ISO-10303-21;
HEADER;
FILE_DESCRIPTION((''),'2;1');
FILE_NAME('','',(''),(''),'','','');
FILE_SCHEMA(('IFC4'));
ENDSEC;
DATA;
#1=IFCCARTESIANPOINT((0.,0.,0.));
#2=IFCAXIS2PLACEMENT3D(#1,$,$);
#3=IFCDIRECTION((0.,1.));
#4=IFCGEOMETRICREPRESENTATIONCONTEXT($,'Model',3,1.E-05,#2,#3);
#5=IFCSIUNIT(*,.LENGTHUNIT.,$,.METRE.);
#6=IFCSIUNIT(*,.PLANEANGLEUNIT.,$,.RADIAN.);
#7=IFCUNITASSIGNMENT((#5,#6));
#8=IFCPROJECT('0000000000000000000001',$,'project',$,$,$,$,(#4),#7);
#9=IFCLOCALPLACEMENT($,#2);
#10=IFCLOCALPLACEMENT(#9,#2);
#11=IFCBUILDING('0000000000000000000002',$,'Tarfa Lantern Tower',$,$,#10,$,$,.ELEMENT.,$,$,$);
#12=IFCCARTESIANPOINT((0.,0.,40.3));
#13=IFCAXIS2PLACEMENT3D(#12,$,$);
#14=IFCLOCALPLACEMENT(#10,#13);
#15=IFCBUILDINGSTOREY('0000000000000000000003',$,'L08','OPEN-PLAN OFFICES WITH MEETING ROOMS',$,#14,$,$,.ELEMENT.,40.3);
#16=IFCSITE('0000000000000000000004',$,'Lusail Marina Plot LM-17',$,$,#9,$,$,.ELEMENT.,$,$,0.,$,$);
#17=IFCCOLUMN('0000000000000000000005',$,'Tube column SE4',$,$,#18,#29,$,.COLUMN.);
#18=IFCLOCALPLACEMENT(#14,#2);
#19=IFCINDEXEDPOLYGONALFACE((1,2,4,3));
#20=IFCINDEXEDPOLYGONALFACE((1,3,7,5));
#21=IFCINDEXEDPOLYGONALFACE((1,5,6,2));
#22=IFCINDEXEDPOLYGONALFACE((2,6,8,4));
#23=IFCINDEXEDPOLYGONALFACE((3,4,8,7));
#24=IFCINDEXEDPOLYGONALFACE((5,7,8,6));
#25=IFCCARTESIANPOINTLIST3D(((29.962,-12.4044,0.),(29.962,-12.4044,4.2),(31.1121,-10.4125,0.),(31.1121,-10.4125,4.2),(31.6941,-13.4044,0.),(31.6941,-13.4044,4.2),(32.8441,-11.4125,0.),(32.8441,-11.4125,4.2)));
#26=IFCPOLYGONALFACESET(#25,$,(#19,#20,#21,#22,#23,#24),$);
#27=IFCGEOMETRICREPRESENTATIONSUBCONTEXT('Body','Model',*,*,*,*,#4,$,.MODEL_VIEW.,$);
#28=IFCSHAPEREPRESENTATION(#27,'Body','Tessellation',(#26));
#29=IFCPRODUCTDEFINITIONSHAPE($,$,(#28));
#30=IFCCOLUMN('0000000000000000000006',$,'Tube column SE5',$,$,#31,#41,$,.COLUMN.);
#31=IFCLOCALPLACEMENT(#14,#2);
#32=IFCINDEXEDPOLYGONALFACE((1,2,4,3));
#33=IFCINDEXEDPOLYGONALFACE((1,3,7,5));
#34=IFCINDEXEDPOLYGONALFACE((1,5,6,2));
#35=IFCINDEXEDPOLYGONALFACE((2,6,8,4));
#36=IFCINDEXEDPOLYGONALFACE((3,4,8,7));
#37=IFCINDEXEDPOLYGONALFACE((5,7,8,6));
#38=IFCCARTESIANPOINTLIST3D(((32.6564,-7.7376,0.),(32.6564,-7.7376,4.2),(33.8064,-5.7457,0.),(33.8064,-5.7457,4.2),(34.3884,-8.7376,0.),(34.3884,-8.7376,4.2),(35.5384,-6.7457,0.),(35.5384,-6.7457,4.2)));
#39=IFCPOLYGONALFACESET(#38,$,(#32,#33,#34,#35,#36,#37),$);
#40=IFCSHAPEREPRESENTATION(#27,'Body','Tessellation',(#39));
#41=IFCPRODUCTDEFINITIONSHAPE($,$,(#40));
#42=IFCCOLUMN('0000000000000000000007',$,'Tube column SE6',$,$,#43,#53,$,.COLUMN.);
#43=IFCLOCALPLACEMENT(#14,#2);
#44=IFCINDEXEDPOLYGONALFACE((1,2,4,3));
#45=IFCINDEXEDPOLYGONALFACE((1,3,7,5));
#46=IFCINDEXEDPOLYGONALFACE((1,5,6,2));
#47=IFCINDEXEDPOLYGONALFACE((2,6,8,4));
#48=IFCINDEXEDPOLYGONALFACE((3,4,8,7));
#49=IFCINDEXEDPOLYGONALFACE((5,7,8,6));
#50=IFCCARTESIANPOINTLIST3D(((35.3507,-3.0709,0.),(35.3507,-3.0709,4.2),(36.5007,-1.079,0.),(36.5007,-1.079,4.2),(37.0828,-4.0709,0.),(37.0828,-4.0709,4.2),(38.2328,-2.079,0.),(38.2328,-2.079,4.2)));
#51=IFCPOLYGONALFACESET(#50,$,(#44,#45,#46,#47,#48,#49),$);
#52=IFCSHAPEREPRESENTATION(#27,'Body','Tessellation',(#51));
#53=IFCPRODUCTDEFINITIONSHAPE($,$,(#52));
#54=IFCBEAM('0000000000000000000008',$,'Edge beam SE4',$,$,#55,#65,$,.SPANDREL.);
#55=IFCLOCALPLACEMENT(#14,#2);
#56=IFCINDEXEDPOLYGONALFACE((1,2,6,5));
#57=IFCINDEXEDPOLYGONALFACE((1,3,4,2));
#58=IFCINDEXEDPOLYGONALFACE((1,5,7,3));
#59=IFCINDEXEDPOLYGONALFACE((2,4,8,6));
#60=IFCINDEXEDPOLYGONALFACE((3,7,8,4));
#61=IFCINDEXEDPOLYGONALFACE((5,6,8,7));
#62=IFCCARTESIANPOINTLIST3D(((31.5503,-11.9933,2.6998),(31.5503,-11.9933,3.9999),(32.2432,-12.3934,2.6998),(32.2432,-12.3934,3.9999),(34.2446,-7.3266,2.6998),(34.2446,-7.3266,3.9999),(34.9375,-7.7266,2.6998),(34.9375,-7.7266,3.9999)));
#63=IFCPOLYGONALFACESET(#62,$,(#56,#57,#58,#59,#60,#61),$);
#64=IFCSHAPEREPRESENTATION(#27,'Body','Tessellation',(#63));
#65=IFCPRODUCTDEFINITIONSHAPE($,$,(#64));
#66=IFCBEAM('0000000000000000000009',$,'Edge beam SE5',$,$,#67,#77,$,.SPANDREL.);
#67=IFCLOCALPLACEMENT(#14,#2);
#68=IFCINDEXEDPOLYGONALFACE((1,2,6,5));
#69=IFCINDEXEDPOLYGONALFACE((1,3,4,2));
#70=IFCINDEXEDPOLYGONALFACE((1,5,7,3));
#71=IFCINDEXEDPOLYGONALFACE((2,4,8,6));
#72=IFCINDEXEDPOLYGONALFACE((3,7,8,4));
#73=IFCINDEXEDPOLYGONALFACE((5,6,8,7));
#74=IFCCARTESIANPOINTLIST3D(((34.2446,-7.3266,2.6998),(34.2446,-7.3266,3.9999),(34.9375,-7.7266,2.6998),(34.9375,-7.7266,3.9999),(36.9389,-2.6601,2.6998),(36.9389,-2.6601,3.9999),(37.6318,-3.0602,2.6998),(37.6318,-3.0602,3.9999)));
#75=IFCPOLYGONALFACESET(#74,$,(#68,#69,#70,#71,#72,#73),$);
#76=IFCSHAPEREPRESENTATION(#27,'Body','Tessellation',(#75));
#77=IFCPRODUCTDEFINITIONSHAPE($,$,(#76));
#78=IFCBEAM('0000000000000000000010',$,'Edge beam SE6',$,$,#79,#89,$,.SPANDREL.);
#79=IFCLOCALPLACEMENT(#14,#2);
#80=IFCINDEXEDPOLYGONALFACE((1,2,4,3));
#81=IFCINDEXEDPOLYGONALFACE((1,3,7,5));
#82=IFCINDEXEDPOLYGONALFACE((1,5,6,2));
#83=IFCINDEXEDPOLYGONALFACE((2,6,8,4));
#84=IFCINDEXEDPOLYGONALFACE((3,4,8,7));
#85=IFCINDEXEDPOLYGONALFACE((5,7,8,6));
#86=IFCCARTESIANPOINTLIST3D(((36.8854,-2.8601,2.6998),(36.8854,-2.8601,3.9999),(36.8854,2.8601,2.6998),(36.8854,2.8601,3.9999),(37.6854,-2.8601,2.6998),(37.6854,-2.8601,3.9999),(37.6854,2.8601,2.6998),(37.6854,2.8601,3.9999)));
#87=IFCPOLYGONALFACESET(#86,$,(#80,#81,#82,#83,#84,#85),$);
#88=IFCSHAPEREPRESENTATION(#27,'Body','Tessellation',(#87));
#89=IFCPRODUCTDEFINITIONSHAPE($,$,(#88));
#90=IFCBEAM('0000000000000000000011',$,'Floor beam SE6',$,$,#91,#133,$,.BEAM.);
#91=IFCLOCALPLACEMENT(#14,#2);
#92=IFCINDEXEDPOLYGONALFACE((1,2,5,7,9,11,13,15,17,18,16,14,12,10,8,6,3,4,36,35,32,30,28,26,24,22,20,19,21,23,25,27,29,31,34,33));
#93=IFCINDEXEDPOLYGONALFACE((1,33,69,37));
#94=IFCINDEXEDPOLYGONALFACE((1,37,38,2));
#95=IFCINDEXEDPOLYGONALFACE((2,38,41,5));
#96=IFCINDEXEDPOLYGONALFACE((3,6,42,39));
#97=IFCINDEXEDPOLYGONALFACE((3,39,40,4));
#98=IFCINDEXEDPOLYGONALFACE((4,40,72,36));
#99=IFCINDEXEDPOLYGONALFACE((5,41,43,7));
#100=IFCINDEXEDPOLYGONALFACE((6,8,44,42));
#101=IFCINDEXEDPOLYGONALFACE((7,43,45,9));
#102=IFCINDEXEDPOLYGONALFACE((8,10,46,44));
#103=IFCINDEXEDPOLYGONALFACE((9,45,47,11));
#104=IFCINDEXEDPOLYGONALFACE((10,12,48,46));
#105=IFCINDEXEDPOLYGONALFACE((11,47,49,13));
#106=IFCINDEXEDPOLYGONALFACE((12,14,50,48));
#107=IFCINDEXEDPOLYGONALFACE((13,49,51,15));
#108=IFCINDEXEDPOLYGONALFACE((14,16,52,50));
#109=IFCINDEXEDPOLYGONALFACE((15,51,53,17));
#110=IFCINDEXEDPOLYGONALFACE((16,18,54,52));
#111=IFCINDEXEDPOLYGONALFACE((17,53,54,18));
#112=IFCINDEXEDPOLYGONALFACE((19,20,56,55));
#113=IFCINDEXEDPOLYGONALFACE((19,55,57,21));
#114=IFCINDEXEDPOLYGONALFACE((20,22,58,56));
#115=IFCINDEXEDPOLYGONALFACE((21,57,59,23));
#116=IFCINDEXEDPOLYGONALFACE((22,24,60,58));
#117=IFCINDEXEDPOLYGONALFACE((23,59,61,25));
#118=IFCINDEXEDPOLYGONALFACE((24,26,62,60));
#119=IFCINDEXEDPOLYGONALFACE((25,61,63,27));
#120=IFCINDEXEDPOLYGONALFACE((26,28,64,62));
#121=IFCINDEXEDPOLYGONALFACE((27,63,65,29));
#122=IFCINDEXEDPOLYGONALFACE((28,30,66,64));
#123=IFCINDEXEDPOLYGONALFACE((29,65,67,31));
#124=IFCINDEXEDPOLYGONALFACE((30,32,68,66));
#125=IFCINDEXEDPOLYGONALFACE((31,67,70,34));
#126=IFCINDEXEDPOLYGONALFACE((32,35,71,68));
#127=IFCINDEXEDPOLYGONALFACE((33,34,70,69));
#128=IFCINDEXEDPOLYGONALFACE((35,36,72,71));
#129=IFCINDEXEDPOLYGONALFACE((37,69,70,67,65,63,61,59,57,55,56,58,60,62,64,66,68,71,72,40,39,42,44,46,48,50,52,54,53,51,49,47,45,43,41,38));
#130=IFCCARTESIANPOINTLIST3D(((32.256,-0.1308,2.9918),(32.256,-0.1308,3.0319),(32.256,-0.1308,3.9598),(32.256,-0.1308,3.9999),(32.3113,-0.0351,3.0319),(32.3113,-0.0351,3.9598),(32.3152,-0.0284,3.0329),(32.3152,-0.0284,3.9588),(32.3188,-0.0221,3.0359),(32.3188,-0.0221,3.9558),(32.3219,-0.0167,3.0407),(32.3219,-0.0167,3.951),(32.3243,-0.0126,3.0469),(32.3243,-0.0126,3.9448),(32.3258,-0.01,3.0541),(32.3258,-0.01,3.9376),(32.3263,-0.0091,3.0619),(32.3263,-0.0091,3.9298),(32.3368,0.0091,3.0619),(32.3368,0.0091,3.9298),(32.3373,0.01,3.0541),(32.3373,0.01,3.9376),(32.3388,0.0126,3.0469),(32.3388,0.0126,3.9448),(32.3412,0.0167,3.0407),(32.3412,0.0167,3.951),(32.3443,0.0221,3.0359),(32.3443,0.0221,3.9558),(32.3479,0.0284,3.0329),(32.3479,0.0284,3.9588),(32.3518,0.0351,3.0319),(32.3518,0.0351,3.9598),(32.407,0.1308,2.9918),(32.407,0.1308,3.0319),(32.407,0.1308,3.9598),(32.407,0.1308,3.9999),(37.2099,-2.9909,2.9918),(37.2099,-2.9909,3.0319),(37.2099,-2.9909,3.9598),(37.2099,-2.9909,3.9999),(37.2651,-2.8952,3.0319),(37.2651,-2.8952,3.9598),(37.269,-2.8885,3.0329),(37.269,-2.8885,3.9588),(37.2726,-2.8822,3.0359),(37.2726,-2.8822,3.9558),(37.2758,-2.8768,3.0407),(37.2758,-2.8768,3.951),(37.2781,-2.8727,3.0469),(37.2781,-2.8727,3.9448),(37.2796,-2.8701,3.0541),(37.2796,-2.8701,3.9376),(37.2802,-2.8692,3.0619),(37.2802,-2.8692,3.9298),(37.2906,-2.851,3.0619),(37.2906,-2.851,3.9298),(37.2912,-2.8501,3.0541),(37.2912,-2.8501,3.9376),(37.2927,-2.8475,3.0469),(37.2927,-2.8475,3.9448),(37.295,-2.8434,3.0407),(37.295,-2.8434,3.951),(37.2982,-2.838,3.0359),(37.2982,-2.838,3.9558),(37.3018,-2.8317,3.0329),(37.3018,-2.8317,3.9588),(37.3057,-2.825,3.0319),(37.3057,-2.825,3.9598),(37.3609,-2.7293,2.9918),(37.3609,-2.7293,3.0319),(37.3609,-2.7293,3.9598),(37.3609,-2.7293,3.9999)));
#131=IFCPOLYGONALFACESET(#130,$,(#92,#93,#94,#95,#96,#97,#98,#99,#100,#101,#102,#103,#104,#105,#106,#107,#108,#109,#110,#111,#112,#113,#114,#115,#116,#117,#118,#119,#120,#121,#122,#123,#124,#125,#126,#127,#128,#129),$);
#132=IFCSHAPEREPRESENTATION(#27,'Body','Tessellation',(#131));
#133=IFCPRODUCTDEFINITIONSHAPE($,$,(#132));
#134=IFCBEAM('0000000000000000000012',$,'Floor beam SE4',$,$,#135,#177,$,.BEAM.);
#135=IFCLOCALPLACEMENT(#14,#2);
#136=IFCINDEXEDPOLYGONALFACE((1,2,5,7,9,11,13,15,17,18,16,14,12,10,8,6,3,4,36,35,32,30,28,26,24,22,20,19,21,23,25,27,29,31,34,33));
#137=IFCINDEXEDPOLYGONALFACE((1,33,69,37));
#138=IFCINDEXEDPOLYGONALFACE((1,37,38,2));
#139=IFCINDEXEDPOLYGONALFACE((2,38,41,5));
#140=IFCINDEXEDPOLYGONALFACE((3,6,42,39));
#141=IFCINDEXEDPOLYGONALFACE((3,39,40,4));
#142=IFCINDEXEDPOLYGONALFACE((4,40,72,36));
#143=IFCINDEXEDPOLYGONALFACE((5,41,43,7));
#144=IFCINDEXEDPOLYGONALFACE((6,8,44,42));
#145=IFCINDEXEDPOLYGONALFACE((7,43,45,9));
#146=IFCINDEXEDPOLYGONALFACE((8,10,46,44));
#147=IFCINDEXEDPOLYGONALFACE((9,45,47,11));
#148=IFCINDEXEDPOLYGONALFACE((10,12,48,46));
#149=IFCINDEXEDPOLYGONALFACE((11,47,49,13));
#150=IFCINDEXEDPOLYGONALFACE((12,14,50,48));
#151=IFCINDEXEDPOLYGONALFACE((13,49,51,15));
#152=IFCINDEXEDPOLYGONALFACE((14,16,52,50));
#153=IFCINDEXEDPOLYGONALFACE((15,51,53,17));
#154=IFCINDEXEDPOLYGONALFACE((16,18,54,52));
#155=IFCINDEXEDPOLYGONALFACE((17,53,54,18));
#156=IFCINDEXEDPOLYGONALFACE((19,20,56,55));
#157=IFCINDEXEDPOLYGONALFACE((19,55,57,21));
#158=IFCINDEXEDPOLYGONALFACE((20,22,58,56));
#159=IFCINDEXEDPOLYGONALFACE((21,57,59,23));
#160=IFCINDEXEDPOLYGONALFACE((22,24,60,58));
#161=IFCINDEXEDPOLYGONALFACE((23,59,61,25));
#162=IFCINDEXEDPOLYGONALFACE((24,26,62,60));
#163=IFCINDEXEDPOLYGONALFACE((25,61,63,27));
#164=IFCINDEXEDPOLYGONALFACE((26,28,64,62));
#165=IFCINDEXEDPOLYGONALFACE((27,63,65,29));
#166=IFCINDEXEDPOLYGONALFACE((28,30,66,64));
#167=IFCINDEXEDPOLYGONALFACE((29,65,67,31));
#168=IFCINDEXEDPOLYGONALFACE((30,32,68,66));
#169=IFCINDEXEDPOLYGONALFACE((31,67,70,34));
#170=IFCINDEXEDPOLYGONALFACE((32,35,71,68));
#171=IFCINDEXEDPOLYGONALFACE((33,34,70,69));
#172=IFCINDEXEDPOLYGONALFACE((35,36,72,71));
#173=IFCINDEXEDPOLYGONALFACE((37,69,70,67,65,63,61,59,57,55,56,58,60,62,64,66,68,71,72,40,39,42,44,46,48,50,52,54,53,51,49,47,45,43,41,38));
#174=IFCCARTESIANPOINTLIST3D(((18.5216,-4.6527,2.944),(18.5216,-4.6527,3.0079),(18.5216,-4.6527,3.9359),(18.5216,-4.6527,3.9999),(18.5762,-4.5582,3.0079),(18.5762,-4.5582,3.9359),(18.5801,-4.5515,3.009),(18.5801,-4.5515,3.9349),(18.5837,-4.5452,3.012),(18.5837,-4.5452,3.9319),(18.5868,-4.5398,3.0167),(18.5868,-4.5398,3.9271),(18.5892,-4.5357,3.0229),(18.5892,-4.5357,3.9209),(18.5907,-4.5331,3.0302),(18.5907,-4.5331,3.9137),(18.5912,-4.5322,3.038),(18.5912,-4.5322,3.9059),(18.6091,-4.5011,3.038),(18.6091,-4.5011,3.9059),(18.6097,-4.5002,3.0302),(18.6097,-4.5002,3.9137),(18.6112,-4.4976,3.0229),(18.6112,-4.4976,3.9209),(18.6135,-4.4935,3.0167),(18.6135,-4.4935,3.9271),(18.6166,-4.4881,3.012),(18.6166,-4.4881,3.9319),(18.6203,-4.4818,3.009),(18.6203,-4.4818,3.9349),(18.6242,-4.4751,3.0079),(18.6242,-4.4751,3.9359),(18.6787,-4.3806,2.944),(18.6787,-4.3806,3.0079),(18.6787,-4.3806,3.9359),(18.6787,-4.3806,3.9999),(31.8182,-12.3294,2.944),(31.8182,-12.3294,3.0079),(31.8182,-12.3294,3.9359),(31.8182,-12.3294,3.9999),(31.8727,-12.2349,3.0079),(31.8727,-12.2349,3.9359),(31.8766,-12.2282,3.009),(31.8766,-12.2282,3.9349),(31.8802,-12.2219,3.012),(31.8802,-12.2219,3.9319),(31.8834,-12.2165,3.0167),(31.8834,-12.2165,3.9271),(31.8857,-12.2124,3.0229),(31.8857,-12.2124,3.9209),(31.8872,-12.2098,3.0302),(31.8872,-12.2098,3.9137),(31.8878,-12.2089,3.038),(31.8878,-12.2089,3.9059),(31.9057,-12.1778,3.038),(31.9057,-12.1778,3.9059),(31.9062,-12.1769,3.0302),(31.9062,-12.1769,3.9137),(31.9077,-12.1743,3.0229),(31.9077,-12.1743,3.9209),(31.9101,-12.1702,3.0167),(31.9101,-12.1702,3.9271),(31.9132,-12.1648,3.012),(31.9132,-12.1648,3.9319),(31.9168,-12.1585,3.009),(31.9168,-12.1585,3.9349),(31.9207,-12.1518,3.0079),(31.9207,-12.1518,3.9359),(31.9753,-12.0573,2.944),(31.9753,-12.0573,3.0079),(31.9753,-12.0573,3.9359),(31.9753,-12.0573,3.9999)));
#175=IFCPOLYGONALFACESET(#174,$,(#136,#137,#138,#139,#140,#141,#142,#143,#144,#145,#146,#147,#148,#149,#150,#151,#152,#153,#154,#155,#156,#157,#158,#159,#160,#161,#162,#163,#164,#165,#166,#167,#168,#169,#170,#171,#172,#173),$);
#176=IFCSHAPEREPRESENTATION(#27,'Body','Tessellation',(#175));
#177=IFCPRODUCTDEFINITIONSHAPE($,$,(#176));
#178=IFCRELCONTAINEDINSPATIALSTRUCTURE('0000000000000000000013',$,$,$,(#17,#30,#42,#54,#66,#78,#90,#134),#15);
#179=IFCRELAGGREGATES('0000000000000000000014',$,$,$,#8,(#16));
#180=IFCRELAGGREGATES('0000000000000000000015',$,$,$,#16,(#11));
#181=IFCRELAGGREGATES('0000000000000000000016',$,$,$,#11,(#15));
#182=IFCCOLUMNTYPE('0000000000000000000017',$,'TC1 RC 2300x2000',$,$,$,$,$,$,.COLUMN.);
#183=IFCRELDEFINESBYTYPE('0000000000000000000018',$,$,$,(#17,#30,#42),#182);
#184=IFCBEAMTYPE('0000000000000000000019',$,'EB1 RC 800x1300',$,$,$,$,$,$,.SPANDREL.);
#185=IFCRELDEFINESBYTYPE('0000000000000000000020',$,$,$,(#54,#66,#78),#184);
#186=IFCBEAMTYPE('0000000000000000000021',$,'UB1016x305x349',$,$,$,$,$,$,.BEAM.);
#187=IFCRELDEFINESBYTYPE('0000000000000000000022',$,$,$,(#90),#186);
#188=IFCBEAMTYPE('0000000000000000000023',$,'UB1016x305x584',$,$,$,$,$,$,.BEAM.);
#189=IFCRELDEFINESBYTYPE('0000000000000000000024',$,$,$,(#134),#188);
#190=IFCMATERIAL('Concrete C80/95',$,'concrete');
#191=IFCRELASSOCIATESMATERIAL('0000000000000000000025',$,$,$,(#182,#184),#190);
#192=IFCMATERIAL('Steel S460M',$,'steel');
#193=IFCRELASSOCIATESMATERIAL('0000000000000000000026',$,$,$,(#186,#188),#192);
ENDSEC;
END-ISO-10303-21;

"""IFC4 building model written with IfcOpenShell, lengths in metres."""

from ifc_helpers import new_model, si_unit, direction, frame, origin, origin_2d, place, context, subcontext, project, spatial, rectangle, i_section, extrude, material, material_profile, profile_set, type_object, element, save


model = new_model("IFC4")

# Units and contexts
model_context = context("Model", 3, precision=1e-05, world=origin(), true_north=direction((0.0, 1.0)))
body_context = subcontext(model_context, "Body", "Model", "MODEL_VIEW")
ifc_project = project(units=[si_unit("LENGTHUNIT", "METRE"), si_unit("PLANEANGLEUNIT", "RADIAN")], contexts=[model_context])

# Site, building, storey
site_placement = place(None, origin())
site = spatial("IfcSite", under=ifc_project, at=site_placement, Name="Lusail Marina Plot LM-17", CompositionType="ELEMENT", RefElevation=0.0)
building_placement = place(site_placement, origin())
building = spatial("IfcBuilding", under=site, at=building_placement, Name="Tarfa Lantern Tower", CompositionType="ELEMENT")
storey_placement = place(building_placement, frame((0.0, 0.0, 40.3)))
storey = spatial("IfcBuildingStorey", under=building, at=storey_placement, Name="L08", Description="OPEN-PLAN OFFICES WITH MEETING ROOMS", CompositionType="ELEMENT", Elevation=40.3)

# Columns
ifc_material_1 = material(Name="Concrete C80/95", Category="concrete")
ifc_material_profile_1 = material_profile(ifc_material_1, rectangle(XDim=2.3, YDim=2.0, at=origin_2d()), Name="RC 2300x2000")
ifc_profile_set_1 = profile_set([ifc_material_profile_1], Name="Concrete C80/95")
column_type = type_object("IfcColumnType", Name="TC1 RC 2300x2000", PredefinedType="COLUMN", material=ifc_profile_set_1)
for number, where, z_axis, x_axis, name in (
    (1, (31.4031, -11.9084, 0.0), (0.0, 0.0, 1.0), (0.5, 0.866025, 0.0), "Tube column SE4"),
    (2, (34.0974, -7.2417, 0.0), (0.0, 0.0, 1.0), (0.5, 0.866025, 0.0), "Tube column SE5"),
    (3, (36.7917, -2.575, 0.0), (0.0, 0.0, 1.0), (0.5, 0.866025, 0.0), "Tube column SE6"),
):
    element("IfcColumn", number, at=place(storey_placement, frame(where, z_axis=z_axis, x_axis=x_axis)), inside=storey, type_object=column_type, Name=name, PredefinedType="COLUMN", context=body_context, shape_type="SweptSolid", body=[
        extrude(rectangle(XDim=2.3, YDim=2.0, at=origin_2d()), origin(), (0.0, 0.0, 1.0), 4.2),
    ])

# Beams
ifc_material_profile_2 = material_profile(ifc_material_1, rectangle(XDim=0.8, YDim=1.3, at=origin_2d()), Name="RC 800x1300")
ifc_profile_set_2 = profile_set([ifc_material_profile_2], Name="Concrete C80/95")
beam_type_1 = type_object("IfcBeamType", Name="EB1 RC 800x1300", PredefinedType="SPANDREL", material=ifc_profile_set_2)
beam_1_placement = place(storey_placement, frame((31.8967, -12.1934, 3.3499), z_axis=(0.499998, 0.866026, 0.0), x_axis=(-0.866026, 0.499998, 0.0)))
element("IfcBeam", 4, at=beam_1_placement, inside=storey, type_object=beam_type_1, Name="Edge beam SE4", PredefinedType="SPANDREL", context=body_context, shape_type="SweptSolid", body=[
    extrude(rectangle(XDim=0.8, YDim=1.3, at=origin_2d()), origin(), (0.0, 0.0, 1.0), 5.3887),
])
beam_2_placement = place(storey_placement, frame((34.5911, -7.5266, 3.3499), z_axis=(0.500018, 0.866015, 0.0), x_axis=(-0.866015, 0.500018, 0.0)))
element("IfcBeam", 5, at=beam_2_placement, inside=storey, type_object=beam_type_1, Name="Edge beam SE5", PredefinedType="SPANDREL", context=body_context, shape_type="SweptSolid", body=[
    extrude(rectangle(XDim=0.8, YDim=1.3, at=origin_2d()), origin(), (0.0, 0.0, 1.0), 5.3884),
])
beam_3_placement = place(storey_placement, frame((37.2854, -2.8601, 3.3499), z_axis=(0.0, 1.0, 0.0), x_axis=(-1.0, 0.0, 0.0)))
element("IfcBeam", 6, at=beam_3_placement, inside=storey, type_object=beam_type_1, Name="Edge beam SE6", PredefinedType="SPANDREL", context=body_context, shape_type="SweptSolid", body=[
    extrude(rectangle(XDim=0.8, YDim=1.3, at=origin_2d()), origin(), (0.0, 0.0, 1.0), 5.7202),
])
ifc_material_2 = material(Name="Steel S460M", Category="steel")
ifc_material_profile_3 = material_profile(ifc_material_2, i_section(OverallWidth=0.302, OverallDepth=1.0081, WebThickness=0.021, FlangeThickness=0.04, FilletRadius=0.03, at=origin_2d()), Name="UB1016x305x349")
ifc_profile_set_3 = profile_set([ifc_material_profile_3], Name="Steel S460M")
beam_type_2 = type_object("IfcBeamType", Name="UB1016x305x349", PredefinedType="BEAM", material=ifc_profile_set_3)
beam_4_placement = place(storey_placement, frame((37.2854, -2.8601, 3.4958), z_axis=(-0.866026, 0.5, 0.0), x_axis=(-0.5, -0.866026, 0.0)))
element("IfcBeam", 7, at=beam_4_placement, inside=storey, type_object=beam_type_2, Name="Floor beam SE6", PredefinedType="BEAM", context=body_context, shape_type="SweptSolid", body=[
    extrude(i_section(OverallWidth=0.302, OverallDepth=1.0081, WebThickness=0.021, FlangeThickness=0.04, FilletRadius=0.03, at=origin_2d()), origin(), (0.0, 0.0, 1.0), 5.7202),
])
ifc_material_profile_4 = material_profile(ifc_material_2, i_section(OverallWidth=0.3142, OverallDepth=1.0559, WebThickness=0.0359, FlangeThickness=0.064, FilletRadius=0.03, at=origin_2d()), Name="UB1016x305x584")
ifc_profile_set_4 = profile_set([ifc_material_profile_4], Name="Steel S460M")
beam_type_3 = type_object("IfcBeamType", Name="UB1016x305x584", PredefinedType="BEAM", material=ifc_profile_set_4)
beam_5_placement = place(storey_placement, frame((31.8967, -12.1934, 3.4719), z_axis=(-0.866027, 0.499997, 0.0), x_axis=(-0.499997, -0.866027, 0.0)))
element("IfcBeam", 8, at=beam_5_placement, inside=storey, type_object=beam_type_3, Name="Floor beam SE4", PredefinedType="BEAM", context=body_context, shape_type="SweptSolid", body=[
    extrude(i_section(OverallWidth=0.3142, OverallDepth=1.0559, WebThickness=0.0359, FlangeThickness=0.064, FilletRadius=0.03, at=origin_2d()), origin(), (0.0, 0.0, 1.0), 15.3535),
])

save(model, "model.ifc")
